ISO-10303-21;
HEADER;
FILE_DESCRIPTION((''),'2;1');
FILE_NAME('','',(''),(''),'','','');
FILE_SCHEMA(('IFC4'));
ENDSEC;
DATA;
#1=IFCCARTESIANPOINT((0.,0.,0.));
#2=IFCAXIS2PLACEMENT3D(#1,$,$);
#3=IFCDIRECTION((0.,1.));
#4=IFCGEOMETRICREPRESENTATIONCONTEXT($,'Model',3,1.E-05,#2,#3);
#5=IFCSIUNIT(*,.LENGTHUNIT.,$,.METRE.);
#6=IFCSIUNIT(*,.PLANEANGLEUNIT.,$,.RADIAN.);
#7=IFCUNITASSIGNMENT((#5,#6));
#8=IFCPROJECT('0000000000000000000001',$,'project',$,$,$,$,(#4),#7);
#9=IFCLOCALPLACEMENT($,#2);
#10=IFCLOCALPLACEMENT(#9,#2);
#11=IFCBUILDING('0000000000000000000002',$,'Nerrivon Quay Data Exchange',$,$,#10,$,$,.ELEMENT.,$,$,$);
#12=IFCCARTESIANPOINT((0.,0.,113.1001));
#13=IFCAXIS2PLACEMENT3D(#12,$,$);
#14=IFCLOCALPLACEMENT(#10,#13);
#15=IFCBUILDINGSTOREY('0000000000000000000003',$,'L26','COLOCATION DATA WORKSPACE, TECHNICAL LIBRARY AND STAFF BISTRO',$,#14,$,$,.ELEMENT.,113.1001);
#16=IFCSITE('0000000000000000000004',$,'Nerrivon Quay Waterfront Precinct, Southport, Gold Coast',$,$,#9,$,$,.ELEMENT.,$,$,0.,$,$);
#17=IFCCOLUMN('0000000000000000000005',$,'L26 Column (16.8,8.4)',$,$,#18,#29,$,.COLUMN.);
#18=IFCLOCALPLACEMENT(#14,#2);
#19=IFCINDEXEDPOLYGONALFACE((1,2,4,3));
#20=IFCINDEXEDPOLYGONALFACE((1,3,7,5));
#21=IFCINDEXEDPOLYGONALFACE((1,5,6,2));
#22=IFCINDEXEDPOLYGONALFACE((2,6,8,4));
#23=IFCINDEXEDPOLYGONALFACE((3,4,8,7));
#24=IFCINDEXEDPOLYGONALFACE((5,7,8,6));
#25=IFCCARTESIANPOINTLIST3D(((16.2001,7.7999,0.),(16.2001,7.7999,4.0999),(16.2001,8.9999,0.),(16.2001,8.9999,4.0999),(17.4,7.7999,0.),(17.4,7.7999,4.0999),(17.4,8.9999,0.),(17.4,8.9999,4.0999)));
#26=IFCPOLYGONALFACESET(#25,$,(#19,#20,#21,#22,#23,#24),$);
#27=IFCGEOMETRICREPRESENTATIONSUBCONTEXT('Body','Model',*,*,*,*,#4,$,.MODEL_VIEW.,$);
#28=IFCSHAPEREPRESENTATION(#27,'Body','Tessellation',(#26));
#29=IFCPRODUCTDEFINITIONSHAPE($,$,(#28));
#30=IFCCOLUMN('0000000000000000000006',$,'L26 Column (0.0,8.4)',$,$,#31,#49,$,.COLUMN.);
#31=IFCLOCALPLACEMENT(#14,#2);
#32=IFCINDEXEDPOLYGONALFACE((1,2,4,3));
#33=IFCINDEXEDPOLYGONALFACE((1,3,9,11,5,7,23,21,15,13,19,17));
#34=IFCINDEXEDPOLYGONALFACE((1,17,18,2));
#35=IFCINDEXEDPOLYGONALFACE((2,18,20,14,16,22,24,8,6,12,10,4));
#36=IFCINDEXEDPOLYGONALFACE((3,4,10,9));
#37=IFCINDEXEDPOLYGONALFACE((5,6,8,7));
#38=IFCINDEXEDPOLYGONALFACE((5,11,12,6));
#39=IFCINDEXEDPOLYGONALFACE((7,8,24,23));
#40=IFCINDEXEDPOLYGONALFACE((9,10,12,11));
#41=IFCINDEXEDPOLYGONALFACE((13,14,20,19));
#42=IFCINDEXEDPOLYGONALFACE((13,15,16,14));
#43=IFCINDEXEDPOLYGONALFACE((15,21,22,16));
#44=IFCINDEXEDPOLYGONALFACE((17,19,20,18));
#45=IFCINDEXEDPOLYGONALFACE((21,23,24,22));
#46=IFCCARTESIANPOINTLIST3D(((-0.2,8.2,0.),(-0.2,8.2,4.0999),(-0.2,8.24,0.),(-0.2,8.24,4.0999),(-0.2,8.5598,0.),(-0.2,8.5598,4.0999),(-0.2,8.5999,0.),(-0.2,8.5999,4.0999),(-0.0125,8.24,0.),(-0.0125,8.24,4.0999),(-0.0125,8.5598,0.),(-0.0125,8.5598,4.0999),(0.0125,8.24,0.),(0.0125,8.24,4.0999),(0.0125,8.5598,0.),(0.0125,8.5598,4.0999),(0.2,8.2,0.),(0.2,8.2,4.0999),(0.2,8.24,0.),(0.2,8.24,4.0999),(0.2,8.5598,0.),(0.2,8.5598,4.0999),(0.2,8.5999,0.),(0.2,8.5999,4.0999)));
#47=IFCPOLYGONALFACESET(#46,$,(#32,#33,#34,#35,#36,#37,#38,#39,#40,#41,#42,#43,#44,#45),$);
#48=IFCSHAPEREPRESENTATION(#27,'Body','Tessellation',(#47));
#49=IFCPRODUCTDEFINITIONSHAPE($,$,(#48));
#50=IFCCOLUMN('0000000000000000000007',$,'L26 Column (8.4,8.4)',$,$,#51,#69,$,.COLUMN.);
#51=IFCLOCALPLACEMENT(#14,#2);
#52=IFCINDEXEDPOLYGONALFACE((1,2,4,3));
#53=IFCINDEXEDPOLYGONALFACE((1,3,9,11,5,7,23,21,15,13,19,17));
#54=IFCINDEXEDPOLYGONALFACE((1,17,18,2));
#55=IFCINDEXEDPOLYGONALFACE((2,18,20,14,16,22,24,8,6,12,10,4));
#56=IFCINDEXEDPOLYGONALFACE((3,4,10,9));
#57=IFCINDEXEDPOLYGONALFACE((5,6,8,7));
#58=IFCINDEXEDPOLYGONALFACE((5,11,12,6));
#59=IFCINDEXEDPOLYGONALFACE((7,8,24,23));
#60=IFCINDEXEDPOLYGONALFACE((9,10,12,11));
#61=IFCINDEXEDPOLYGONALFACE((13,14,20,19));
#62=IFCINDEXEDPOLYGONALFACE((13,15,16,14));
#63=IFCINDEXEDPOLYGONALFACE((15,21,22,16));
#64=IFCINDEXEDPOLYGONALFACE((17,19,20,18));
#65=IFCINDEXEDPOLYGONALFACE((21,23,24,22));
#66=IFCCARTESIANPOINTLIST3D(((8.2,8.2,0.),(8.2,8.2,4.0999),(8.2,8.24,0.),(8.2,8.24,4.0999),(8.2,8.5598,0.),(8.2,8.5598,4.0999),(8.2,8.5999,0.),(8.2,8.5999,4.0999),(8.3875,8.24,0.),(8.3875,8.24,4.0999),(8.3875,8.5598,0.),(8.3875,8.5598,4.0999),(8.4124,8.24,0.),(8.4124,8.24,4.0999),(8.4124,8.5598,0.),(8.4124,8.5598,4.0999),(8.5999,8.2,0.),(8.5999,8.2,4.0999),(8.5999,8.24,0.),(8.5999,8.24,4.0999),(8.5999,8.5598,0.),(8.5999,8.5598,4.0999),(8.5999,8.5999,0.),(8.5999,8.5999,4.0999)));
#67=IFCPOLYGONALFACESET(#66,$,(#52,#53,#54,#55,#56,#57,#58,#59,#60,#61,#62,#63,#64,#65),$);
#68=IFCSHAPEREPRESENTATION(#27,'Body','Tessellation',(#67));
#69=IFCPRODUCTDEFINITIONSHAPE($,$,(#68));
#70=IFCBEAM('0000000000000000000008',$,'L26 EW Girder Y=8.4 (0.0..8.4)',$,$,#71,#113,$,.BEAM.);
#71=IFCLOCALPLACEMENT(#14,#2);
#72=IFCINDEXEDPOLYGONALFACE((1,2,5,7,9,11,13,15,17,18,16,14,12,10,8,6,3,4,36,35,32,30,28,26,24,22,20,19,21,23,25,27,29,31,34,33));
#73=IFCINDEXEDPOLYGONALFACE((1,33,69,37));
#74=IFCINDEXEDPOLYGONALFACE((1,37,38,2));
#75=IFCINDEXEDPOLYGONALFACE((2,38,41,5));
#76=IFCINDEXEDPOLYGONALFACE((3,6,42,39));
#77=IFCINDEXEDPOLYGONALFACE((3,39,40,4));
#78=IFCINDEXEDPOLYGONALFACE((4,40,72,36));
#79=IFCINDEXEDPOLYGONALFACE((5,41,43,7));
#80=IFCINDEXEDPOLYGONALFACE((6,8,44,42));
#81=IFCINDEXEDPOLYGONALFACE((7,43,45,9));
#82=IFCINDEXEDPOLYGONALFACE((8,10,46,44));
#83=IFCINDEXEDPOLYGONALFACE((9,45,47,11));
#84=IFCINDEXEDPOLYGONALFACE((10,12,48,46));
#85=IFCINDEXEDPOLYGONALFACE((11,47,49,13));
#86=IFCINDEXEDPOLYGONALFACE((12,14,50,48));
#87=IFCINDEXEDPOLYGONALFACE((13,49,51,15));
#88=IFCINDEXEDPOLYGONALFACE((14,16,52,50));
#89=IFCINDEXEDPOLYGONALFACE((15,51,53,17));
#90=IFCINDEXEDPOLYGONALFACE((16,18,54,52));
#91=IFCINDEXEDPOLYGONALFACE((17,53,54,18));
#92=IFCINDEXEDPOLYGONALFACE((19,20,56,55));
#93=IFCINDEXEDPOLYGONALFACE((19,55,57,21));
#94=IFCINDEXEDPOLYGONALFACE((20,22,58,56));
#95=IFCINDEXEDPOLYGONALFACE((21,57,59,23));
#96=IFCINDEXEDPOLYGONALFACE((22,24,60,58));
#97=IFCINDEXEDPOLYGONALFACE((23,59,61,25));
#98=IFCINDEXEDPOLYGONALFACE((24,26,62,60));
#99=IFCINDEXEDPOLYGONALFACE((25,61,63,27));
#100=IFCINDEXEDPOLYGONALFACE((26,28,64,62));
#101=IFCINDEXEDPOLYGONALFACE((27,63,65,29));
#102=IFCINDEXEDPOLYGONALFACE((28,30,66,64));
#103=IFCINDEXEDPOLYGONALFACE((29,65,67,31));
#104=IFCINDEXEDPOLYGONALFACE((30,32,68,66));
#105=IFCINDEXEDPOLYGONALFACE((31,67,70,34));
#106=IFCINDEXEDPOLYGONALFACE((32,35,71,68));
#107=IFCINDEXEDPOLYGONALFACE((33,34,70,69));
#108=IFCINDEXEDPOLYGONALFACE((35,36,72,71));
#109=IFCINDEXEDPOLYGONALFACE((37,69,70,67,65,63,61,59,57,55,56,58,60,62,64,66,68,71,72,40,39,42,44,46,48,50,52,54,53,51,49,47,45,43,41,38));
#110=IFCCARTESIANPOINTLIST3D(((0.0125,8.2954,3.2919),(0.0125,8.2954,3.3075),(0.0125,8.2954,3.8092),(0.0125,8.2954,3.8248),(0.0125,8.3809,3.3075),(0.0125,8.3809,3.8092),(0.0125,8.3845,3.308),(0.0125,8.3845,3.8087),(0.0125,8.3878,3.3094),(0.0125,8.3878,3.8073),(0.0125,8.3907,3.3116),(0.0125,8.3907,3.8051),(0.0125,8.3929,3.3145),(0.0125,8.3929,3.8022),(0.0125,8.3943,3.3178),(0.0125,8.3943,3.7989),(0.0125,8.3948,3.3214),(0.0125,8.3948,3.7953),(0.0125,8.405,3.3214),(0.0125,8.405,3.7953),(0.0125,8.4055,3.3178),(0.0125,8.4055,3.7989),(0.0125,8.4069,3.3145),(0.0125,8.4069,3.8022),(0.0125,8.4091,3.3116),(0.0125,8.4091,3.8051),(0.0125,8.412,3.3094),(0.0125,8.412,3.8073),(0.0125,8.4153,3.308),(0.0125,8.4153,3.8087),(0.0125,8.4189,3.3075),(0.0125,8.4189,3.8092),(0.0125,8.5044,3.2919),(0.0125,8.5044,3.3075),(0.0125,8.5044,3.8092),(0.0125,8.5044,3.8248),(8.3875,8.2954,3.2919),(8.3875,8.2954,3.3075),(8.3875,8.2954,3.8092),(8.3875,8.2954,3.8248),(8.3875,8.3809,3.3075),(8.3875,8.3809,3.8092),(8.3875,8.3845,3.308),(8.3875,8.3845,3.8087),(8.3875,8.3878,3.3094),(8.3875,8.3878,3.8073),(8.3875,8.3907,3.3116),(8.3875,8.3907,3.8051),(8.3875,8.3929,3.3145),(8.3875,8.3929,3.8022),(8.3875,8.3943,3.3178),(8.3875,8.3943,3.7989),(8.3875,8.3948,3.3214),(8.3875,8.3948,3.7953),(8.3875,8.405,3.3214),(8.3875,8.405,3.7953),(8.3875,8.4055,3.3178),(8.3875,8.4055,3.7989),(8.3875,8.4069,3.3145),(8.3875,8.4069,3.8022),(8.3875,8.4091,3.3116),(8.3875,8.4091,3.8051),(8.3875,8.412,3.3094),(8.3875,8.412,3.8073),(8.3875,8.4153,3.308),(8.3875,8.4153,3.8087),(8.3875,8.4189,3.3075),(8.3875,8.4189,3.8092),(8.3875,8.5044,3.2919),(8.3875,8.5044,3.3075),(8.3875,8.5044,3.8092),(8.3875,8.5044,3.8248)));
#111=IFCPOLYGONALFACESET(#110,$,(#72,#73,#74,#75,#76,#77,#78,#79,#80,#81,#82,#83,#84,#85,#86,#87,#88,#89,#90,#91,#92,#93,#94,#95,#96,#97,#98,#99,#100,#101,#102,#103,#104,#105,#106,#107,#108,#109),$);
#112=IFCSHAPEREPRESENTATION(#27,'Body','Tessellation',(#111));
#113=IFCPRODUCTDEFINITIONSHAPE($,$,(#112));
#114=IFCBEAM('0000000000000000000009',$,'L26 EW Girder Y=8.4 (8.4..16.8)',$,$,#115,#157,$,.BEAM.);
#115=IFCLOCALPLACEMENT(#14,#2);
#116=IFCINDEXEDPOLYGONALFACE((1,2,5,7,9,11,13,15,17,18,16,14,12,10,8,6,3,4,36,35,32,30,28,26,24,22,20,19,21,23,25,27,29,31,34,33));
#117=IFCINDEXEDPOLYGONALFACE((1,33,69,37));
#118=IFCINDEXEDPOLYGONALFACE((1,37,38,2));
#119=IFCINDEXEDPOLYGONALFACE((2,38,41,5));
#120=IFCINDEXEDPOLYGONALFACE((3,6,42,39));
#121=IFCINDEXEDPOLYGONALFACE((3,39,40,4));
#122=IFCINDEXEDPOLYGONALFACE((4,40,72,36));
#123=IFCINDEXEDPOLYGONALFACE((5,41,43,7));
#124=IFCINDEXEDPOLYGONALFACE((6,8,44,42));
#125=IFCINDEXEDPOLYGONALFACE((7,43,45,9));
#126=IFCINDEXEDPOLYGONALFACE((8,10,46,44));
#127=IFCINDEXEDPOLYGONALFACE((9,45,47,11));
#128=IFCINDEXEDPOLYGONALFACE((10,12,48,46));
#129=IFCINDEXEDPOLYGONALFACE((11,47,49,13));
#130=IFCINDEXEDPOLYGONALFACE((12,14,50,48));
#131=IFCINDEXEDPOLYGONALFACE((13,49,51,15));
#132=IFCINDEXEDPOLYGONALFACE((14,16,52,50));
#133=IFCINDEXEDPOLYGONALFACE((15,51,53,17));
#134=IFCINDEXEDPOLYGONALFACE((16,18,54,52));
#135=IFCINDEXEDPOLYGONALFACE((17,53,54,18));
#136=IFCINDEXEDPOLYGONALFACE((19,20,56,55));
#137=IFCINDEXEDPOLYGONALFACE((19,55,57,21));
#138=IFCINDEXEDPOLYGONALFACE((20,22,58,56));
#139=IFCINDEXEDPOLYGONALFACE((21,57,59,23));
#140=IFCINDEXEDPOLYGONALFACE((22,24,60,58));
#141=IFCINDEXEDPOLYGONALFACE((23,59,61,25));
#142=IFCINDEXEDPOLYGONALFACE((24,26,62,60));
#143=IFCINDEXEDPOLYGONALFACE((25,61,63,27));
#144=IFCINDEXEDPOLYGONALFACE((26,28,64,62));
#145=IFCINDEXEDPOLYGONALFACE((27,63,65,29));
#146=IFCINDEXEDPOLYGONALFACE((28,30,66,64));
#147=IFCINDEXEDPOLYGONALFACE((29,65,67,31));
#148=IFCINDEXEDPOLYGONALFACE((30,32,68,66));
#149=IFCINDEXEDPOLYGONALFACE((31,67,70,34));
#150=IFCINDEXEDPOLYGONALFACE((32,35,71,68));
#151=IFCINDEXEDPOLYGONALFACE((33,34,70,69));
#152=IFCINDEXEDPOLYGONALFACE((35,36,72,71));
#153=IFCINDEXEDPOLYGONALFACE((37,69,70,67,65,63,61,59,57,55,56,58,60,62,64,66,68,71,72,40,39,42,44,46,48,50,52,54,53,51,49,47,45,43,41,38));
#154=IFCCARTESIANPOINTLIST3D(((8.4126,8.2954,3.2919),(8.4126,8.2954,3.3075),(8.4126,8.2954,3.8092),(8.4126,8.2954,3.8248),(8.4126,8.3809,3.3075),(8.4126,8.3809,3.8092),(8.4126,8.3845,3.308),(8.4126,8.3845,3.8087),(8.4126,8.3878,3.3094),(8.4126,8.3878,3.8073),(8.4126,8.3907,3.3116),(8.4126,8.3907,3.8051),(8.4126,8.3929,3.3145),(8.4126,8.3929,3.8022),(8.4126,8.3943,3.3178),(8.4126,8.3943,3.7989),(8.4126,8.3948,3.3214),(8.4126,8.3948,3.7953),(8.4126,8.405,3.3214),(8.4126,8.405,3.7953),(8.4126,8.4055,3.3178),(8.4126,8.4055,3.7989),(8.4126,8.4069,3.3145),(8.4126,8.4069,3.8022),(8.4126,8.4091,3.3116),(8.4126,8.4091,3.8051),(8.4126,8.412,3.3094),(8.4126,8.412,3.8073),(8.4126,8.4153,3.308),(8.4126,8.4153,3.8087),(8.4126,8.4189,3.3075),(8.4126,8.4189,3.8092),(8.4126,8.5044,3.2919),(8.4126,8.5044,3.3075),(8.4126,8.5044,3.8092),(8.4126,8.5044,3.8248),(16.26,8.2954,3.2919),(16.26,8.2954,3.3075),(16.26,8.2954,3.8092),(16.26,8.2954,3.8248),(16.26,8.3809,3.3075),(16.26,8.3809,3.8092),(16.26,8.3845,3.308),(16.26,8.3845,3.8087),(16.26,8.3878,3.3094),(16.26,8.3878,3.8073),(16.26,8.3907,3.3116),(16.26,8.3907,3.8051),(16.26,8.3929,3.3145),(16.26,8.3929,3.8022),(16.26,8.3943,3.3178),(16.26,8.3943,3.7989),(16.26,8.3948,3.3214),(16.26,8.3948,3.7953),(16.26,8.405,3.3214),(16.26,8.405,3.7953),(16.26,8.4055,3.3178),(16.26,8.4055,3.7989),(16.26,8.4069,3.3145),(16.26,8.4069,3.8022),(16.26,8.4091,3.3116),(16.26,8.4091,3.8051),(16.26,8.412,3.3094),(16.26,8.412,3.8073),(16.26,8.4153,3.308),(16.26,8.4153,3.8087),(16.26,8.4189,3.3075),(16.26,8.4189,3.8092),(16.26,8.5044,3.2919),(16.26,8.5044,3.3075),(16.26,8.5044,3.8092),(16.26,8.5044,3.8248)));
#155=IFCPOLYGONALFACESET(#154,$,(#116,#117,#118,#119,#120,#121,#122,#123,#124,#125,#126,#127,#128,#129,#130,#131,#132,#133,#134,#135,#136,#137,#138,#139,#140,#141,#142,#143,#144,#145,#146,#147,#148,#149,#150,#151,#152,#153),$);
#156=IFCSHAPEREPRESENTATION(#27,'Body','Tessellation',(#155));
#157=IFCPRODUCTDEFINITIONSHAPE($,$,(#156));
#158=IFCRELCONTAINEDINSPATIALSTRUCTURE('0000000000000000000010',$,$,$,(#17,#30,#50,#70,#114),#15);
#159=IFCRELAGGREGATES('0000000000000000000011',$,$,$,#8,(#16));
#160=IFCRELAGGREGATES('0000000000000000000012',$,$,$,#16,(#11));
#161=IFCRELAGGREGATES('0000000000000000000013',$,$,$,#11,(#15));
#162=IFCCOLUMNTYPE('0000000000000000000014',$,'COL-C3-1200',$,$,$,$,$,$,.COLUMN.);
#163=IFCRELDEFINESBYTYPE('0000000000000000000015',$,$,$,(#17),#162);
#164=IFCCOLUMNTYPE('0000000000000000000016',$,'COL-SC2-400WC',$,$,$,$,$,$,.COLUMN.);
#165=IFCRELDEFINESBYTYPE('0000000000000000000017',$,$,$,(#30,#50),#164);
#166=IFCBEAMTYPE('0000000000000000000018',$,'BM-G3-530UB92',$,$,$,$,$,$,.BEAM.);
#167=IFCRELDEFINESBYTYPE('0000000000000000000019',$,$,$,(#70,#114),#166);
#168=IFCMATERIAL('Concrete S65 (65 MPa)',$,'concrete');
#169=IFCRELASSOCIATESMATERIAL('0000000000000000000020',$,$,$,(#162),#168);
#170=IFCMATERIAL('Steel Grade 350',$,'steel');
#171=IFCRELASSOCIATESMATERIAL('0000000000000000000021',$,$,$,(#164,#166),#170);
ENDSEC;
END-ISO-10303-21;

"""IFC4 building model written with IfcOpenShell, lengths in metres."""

from ifc_helpers import new_model, si_unit, direction, frame, origin, origin_2d, place, context, subcontext, project, spatial, rectangle, i_section, extrude, material, material_profile, profile_set, type_object, element, save


model = new_model("IFC4")

# Units and contexts
model_context = context("Model", 3, precision=1e-05, world=origin(), true_north=direction((0.0, 1.0)))
body_context = subcontext(model_context, "Body", "Model", "MODEL_VIEW")
ifc_project = project(units=[si_unit("LENGTHUNIT", "METRE"), si_unit("PLANEANGLEUNIT", "RADIAN")], contexts=[model_context])

# Site, building, storey
site_placement = place(None, origin())
site = spatial("IfcSite", under=ifc_project, at=site_placement, Name="Nerrivon Quay Waterfront Precinct, Southport, Gold Coast", CompositionType="ELEMENT", RefElevation=0.0)
building_placement = place(site_placement, origin())
building = spatial("IfcBuilding", under=site, at=building_placement, Name="Nerrivon Quay Data Exchange", CompositionType="ELEMENT")
storey_placement = place(building_placement, frame((0.0, 0.0, 113.1001)))
storey = spatial("IfcBuildingStorey", under=building, at=storey_placement, Name="L26", Description="COLOCATION DATA WORKSPACE, TECHNICAL LIBRARY AND STAFF BISTRO", CompositionType="ELEMENT", Elevation=113.1001)

# Columns
ifc_material_1 = material(Name="Concrete S65 (65 MPa)", Category="concrete")
ifc_material_profile_1 = material_profile(ifc_material_1, rectangle(XDim=1.2, YDim=1.2, at=origin_2d()), Name="RC-COL-1200x1200")
ifc_profile_set_1 = profile_set([ifc_material_profile_1], Name="Concrete S65 (65 MPa)")
column_type_1 = type_object("IfcColumnType", Name="COL-C3-1200", PredefinedType="COLUMN", material=ifc_profile_set_1)
column_placement = place(storey_placement, frame((16.8, 8.3999, 0.0), z_axis=(0.0, 0.0, 1.0), x_axis=(1.0, 0.0, 0.0)))
element("IfcColumn", 1, at=column_placement, inside=storey, type_object=column_type_1, Name="L26 Column (16.8,8.4)", PredefinedType="COLUMN", context=body_context, shape_type="SweptSolid", body=[
    extrude(rectangle(XDim=1.2, YDim=1.2, at=origin_2d()), origin(), (0.0, 0.0, 1.0), 4.0999),
])
ifc_material_2 = material(Name="Steel Grade 350", Category="steel")
ifc_material_profile_2 = material_profile(ifc_material_2, i_section(OverallWidth=0.3999, OverallDepth=0.3999, WebThickness=0.0249, FlangeThickness=0.04, at=origin_2d()), Name="400WC328")
ifc_profile_set_2 = profile_set([ifc_material_profile_2], Name="Steel Grade 350")
column_type_2 = type_object("IfcColumnType", Name="COL-SC2-400WC", PredefinedType="COLUMN", material=ifc_profile_set_2)
for number, where, z_axis, x_axis, name in (
    (2, (0.0, 8.3999, 0.0), (0.0, 0.0, 1.0), (1.0, 0.0, 0.0), "L26 Column (0.0,8.4)"),
    (3, (8.3999, 8.3999, 0.0), (0.0, 0.0, 1.0), (1.0, 0.0, 0.0), "L26 Column (8.4,8.4)"),
):
    element("IfcColumn", number, at=place(storey_placement, frame(where, z_axis=z_axis, x_axis=x_axis)), inside=storey, type_object=column_type_2, Name=name, PredefinedType="COLUMN", context=body_context, shape_type="SweptSolid", body=[
        extrude(i_section(OverallWidth=0.3999, OverallDepth=0.3999, WebThickness=0.0249, FlangeThickness=0.04, at=origin_2d()), origin(), (0.0, 0.0, 1.0), 4.0999),
    ])

# Beams
ifc_material_profile_3 = material_profile(ifc_material_2, i_section(OverallWidth=0.209, OverallDepth=0.533, WebThickness=0.0103, FlangeThickness=0.0156, FilletRadius=0.0139, at=origin_2d()), Name="530UB92.4")
ifc_profile_set_3 = profile_set([ifc_material_profile_3], Name="Steel Grade 350")
beam_type_1 = type_object("IfcBeamType", Name="BM-G3-530UB92", PredefinedType="BEAM", material=ifc_profile_set_3)
beam_1_placement = place(storey_placement, frame((0.0125, 8.3999, 3.5583), z_axis=(1.0, 0.0, 0.0), x_axis=(0.0, 1.0, 0.0)))
element("IfcBeam", 4, at=beam_1_placement, inside=storey, type_object=beam_type_1, Name="L26 EW Girder Y=8.4 (0.0..8.4)", PredefinedType="BEAM", context=body_context, shape_type="SweptSolid", body=[
    extrude(i_section(OverallWidth=0.209, OverallDepth=0.533, WebThickness=0.0103, FlangeThickness=0.0156, FilletRadius=0.0139, at=origin_2d()), origin(), (0.0, 0.0, 1.0), 8.375),
])
beam_2_placement = place(storey_placement, frame((8.4126, 8.3999, 3.5583), z_axis=(1.0, 0.0, 0.0), x_axis=(0.0, 1.0, 0.0)))
element("IfcBeam", 5, at=beam_2_placement, inside=storey, type_object=beam_type_1, Name="L26 EW Girder Y=8.4 (8.4..16.8)", PredefinedType="BEAM", context=body_context, shape_type="SweptSolid", body=[
    extrude(i_section(OverallWidth=0.209, OverallDepth=0.533, WebThickness=0.0103, FlangeThickness=0.0156, FilletRadius=0.0139, at=origin_2d()), origin(), (0.0, 0.0, 1.0), 7.8474),
])

save(model, "model.ifc")
